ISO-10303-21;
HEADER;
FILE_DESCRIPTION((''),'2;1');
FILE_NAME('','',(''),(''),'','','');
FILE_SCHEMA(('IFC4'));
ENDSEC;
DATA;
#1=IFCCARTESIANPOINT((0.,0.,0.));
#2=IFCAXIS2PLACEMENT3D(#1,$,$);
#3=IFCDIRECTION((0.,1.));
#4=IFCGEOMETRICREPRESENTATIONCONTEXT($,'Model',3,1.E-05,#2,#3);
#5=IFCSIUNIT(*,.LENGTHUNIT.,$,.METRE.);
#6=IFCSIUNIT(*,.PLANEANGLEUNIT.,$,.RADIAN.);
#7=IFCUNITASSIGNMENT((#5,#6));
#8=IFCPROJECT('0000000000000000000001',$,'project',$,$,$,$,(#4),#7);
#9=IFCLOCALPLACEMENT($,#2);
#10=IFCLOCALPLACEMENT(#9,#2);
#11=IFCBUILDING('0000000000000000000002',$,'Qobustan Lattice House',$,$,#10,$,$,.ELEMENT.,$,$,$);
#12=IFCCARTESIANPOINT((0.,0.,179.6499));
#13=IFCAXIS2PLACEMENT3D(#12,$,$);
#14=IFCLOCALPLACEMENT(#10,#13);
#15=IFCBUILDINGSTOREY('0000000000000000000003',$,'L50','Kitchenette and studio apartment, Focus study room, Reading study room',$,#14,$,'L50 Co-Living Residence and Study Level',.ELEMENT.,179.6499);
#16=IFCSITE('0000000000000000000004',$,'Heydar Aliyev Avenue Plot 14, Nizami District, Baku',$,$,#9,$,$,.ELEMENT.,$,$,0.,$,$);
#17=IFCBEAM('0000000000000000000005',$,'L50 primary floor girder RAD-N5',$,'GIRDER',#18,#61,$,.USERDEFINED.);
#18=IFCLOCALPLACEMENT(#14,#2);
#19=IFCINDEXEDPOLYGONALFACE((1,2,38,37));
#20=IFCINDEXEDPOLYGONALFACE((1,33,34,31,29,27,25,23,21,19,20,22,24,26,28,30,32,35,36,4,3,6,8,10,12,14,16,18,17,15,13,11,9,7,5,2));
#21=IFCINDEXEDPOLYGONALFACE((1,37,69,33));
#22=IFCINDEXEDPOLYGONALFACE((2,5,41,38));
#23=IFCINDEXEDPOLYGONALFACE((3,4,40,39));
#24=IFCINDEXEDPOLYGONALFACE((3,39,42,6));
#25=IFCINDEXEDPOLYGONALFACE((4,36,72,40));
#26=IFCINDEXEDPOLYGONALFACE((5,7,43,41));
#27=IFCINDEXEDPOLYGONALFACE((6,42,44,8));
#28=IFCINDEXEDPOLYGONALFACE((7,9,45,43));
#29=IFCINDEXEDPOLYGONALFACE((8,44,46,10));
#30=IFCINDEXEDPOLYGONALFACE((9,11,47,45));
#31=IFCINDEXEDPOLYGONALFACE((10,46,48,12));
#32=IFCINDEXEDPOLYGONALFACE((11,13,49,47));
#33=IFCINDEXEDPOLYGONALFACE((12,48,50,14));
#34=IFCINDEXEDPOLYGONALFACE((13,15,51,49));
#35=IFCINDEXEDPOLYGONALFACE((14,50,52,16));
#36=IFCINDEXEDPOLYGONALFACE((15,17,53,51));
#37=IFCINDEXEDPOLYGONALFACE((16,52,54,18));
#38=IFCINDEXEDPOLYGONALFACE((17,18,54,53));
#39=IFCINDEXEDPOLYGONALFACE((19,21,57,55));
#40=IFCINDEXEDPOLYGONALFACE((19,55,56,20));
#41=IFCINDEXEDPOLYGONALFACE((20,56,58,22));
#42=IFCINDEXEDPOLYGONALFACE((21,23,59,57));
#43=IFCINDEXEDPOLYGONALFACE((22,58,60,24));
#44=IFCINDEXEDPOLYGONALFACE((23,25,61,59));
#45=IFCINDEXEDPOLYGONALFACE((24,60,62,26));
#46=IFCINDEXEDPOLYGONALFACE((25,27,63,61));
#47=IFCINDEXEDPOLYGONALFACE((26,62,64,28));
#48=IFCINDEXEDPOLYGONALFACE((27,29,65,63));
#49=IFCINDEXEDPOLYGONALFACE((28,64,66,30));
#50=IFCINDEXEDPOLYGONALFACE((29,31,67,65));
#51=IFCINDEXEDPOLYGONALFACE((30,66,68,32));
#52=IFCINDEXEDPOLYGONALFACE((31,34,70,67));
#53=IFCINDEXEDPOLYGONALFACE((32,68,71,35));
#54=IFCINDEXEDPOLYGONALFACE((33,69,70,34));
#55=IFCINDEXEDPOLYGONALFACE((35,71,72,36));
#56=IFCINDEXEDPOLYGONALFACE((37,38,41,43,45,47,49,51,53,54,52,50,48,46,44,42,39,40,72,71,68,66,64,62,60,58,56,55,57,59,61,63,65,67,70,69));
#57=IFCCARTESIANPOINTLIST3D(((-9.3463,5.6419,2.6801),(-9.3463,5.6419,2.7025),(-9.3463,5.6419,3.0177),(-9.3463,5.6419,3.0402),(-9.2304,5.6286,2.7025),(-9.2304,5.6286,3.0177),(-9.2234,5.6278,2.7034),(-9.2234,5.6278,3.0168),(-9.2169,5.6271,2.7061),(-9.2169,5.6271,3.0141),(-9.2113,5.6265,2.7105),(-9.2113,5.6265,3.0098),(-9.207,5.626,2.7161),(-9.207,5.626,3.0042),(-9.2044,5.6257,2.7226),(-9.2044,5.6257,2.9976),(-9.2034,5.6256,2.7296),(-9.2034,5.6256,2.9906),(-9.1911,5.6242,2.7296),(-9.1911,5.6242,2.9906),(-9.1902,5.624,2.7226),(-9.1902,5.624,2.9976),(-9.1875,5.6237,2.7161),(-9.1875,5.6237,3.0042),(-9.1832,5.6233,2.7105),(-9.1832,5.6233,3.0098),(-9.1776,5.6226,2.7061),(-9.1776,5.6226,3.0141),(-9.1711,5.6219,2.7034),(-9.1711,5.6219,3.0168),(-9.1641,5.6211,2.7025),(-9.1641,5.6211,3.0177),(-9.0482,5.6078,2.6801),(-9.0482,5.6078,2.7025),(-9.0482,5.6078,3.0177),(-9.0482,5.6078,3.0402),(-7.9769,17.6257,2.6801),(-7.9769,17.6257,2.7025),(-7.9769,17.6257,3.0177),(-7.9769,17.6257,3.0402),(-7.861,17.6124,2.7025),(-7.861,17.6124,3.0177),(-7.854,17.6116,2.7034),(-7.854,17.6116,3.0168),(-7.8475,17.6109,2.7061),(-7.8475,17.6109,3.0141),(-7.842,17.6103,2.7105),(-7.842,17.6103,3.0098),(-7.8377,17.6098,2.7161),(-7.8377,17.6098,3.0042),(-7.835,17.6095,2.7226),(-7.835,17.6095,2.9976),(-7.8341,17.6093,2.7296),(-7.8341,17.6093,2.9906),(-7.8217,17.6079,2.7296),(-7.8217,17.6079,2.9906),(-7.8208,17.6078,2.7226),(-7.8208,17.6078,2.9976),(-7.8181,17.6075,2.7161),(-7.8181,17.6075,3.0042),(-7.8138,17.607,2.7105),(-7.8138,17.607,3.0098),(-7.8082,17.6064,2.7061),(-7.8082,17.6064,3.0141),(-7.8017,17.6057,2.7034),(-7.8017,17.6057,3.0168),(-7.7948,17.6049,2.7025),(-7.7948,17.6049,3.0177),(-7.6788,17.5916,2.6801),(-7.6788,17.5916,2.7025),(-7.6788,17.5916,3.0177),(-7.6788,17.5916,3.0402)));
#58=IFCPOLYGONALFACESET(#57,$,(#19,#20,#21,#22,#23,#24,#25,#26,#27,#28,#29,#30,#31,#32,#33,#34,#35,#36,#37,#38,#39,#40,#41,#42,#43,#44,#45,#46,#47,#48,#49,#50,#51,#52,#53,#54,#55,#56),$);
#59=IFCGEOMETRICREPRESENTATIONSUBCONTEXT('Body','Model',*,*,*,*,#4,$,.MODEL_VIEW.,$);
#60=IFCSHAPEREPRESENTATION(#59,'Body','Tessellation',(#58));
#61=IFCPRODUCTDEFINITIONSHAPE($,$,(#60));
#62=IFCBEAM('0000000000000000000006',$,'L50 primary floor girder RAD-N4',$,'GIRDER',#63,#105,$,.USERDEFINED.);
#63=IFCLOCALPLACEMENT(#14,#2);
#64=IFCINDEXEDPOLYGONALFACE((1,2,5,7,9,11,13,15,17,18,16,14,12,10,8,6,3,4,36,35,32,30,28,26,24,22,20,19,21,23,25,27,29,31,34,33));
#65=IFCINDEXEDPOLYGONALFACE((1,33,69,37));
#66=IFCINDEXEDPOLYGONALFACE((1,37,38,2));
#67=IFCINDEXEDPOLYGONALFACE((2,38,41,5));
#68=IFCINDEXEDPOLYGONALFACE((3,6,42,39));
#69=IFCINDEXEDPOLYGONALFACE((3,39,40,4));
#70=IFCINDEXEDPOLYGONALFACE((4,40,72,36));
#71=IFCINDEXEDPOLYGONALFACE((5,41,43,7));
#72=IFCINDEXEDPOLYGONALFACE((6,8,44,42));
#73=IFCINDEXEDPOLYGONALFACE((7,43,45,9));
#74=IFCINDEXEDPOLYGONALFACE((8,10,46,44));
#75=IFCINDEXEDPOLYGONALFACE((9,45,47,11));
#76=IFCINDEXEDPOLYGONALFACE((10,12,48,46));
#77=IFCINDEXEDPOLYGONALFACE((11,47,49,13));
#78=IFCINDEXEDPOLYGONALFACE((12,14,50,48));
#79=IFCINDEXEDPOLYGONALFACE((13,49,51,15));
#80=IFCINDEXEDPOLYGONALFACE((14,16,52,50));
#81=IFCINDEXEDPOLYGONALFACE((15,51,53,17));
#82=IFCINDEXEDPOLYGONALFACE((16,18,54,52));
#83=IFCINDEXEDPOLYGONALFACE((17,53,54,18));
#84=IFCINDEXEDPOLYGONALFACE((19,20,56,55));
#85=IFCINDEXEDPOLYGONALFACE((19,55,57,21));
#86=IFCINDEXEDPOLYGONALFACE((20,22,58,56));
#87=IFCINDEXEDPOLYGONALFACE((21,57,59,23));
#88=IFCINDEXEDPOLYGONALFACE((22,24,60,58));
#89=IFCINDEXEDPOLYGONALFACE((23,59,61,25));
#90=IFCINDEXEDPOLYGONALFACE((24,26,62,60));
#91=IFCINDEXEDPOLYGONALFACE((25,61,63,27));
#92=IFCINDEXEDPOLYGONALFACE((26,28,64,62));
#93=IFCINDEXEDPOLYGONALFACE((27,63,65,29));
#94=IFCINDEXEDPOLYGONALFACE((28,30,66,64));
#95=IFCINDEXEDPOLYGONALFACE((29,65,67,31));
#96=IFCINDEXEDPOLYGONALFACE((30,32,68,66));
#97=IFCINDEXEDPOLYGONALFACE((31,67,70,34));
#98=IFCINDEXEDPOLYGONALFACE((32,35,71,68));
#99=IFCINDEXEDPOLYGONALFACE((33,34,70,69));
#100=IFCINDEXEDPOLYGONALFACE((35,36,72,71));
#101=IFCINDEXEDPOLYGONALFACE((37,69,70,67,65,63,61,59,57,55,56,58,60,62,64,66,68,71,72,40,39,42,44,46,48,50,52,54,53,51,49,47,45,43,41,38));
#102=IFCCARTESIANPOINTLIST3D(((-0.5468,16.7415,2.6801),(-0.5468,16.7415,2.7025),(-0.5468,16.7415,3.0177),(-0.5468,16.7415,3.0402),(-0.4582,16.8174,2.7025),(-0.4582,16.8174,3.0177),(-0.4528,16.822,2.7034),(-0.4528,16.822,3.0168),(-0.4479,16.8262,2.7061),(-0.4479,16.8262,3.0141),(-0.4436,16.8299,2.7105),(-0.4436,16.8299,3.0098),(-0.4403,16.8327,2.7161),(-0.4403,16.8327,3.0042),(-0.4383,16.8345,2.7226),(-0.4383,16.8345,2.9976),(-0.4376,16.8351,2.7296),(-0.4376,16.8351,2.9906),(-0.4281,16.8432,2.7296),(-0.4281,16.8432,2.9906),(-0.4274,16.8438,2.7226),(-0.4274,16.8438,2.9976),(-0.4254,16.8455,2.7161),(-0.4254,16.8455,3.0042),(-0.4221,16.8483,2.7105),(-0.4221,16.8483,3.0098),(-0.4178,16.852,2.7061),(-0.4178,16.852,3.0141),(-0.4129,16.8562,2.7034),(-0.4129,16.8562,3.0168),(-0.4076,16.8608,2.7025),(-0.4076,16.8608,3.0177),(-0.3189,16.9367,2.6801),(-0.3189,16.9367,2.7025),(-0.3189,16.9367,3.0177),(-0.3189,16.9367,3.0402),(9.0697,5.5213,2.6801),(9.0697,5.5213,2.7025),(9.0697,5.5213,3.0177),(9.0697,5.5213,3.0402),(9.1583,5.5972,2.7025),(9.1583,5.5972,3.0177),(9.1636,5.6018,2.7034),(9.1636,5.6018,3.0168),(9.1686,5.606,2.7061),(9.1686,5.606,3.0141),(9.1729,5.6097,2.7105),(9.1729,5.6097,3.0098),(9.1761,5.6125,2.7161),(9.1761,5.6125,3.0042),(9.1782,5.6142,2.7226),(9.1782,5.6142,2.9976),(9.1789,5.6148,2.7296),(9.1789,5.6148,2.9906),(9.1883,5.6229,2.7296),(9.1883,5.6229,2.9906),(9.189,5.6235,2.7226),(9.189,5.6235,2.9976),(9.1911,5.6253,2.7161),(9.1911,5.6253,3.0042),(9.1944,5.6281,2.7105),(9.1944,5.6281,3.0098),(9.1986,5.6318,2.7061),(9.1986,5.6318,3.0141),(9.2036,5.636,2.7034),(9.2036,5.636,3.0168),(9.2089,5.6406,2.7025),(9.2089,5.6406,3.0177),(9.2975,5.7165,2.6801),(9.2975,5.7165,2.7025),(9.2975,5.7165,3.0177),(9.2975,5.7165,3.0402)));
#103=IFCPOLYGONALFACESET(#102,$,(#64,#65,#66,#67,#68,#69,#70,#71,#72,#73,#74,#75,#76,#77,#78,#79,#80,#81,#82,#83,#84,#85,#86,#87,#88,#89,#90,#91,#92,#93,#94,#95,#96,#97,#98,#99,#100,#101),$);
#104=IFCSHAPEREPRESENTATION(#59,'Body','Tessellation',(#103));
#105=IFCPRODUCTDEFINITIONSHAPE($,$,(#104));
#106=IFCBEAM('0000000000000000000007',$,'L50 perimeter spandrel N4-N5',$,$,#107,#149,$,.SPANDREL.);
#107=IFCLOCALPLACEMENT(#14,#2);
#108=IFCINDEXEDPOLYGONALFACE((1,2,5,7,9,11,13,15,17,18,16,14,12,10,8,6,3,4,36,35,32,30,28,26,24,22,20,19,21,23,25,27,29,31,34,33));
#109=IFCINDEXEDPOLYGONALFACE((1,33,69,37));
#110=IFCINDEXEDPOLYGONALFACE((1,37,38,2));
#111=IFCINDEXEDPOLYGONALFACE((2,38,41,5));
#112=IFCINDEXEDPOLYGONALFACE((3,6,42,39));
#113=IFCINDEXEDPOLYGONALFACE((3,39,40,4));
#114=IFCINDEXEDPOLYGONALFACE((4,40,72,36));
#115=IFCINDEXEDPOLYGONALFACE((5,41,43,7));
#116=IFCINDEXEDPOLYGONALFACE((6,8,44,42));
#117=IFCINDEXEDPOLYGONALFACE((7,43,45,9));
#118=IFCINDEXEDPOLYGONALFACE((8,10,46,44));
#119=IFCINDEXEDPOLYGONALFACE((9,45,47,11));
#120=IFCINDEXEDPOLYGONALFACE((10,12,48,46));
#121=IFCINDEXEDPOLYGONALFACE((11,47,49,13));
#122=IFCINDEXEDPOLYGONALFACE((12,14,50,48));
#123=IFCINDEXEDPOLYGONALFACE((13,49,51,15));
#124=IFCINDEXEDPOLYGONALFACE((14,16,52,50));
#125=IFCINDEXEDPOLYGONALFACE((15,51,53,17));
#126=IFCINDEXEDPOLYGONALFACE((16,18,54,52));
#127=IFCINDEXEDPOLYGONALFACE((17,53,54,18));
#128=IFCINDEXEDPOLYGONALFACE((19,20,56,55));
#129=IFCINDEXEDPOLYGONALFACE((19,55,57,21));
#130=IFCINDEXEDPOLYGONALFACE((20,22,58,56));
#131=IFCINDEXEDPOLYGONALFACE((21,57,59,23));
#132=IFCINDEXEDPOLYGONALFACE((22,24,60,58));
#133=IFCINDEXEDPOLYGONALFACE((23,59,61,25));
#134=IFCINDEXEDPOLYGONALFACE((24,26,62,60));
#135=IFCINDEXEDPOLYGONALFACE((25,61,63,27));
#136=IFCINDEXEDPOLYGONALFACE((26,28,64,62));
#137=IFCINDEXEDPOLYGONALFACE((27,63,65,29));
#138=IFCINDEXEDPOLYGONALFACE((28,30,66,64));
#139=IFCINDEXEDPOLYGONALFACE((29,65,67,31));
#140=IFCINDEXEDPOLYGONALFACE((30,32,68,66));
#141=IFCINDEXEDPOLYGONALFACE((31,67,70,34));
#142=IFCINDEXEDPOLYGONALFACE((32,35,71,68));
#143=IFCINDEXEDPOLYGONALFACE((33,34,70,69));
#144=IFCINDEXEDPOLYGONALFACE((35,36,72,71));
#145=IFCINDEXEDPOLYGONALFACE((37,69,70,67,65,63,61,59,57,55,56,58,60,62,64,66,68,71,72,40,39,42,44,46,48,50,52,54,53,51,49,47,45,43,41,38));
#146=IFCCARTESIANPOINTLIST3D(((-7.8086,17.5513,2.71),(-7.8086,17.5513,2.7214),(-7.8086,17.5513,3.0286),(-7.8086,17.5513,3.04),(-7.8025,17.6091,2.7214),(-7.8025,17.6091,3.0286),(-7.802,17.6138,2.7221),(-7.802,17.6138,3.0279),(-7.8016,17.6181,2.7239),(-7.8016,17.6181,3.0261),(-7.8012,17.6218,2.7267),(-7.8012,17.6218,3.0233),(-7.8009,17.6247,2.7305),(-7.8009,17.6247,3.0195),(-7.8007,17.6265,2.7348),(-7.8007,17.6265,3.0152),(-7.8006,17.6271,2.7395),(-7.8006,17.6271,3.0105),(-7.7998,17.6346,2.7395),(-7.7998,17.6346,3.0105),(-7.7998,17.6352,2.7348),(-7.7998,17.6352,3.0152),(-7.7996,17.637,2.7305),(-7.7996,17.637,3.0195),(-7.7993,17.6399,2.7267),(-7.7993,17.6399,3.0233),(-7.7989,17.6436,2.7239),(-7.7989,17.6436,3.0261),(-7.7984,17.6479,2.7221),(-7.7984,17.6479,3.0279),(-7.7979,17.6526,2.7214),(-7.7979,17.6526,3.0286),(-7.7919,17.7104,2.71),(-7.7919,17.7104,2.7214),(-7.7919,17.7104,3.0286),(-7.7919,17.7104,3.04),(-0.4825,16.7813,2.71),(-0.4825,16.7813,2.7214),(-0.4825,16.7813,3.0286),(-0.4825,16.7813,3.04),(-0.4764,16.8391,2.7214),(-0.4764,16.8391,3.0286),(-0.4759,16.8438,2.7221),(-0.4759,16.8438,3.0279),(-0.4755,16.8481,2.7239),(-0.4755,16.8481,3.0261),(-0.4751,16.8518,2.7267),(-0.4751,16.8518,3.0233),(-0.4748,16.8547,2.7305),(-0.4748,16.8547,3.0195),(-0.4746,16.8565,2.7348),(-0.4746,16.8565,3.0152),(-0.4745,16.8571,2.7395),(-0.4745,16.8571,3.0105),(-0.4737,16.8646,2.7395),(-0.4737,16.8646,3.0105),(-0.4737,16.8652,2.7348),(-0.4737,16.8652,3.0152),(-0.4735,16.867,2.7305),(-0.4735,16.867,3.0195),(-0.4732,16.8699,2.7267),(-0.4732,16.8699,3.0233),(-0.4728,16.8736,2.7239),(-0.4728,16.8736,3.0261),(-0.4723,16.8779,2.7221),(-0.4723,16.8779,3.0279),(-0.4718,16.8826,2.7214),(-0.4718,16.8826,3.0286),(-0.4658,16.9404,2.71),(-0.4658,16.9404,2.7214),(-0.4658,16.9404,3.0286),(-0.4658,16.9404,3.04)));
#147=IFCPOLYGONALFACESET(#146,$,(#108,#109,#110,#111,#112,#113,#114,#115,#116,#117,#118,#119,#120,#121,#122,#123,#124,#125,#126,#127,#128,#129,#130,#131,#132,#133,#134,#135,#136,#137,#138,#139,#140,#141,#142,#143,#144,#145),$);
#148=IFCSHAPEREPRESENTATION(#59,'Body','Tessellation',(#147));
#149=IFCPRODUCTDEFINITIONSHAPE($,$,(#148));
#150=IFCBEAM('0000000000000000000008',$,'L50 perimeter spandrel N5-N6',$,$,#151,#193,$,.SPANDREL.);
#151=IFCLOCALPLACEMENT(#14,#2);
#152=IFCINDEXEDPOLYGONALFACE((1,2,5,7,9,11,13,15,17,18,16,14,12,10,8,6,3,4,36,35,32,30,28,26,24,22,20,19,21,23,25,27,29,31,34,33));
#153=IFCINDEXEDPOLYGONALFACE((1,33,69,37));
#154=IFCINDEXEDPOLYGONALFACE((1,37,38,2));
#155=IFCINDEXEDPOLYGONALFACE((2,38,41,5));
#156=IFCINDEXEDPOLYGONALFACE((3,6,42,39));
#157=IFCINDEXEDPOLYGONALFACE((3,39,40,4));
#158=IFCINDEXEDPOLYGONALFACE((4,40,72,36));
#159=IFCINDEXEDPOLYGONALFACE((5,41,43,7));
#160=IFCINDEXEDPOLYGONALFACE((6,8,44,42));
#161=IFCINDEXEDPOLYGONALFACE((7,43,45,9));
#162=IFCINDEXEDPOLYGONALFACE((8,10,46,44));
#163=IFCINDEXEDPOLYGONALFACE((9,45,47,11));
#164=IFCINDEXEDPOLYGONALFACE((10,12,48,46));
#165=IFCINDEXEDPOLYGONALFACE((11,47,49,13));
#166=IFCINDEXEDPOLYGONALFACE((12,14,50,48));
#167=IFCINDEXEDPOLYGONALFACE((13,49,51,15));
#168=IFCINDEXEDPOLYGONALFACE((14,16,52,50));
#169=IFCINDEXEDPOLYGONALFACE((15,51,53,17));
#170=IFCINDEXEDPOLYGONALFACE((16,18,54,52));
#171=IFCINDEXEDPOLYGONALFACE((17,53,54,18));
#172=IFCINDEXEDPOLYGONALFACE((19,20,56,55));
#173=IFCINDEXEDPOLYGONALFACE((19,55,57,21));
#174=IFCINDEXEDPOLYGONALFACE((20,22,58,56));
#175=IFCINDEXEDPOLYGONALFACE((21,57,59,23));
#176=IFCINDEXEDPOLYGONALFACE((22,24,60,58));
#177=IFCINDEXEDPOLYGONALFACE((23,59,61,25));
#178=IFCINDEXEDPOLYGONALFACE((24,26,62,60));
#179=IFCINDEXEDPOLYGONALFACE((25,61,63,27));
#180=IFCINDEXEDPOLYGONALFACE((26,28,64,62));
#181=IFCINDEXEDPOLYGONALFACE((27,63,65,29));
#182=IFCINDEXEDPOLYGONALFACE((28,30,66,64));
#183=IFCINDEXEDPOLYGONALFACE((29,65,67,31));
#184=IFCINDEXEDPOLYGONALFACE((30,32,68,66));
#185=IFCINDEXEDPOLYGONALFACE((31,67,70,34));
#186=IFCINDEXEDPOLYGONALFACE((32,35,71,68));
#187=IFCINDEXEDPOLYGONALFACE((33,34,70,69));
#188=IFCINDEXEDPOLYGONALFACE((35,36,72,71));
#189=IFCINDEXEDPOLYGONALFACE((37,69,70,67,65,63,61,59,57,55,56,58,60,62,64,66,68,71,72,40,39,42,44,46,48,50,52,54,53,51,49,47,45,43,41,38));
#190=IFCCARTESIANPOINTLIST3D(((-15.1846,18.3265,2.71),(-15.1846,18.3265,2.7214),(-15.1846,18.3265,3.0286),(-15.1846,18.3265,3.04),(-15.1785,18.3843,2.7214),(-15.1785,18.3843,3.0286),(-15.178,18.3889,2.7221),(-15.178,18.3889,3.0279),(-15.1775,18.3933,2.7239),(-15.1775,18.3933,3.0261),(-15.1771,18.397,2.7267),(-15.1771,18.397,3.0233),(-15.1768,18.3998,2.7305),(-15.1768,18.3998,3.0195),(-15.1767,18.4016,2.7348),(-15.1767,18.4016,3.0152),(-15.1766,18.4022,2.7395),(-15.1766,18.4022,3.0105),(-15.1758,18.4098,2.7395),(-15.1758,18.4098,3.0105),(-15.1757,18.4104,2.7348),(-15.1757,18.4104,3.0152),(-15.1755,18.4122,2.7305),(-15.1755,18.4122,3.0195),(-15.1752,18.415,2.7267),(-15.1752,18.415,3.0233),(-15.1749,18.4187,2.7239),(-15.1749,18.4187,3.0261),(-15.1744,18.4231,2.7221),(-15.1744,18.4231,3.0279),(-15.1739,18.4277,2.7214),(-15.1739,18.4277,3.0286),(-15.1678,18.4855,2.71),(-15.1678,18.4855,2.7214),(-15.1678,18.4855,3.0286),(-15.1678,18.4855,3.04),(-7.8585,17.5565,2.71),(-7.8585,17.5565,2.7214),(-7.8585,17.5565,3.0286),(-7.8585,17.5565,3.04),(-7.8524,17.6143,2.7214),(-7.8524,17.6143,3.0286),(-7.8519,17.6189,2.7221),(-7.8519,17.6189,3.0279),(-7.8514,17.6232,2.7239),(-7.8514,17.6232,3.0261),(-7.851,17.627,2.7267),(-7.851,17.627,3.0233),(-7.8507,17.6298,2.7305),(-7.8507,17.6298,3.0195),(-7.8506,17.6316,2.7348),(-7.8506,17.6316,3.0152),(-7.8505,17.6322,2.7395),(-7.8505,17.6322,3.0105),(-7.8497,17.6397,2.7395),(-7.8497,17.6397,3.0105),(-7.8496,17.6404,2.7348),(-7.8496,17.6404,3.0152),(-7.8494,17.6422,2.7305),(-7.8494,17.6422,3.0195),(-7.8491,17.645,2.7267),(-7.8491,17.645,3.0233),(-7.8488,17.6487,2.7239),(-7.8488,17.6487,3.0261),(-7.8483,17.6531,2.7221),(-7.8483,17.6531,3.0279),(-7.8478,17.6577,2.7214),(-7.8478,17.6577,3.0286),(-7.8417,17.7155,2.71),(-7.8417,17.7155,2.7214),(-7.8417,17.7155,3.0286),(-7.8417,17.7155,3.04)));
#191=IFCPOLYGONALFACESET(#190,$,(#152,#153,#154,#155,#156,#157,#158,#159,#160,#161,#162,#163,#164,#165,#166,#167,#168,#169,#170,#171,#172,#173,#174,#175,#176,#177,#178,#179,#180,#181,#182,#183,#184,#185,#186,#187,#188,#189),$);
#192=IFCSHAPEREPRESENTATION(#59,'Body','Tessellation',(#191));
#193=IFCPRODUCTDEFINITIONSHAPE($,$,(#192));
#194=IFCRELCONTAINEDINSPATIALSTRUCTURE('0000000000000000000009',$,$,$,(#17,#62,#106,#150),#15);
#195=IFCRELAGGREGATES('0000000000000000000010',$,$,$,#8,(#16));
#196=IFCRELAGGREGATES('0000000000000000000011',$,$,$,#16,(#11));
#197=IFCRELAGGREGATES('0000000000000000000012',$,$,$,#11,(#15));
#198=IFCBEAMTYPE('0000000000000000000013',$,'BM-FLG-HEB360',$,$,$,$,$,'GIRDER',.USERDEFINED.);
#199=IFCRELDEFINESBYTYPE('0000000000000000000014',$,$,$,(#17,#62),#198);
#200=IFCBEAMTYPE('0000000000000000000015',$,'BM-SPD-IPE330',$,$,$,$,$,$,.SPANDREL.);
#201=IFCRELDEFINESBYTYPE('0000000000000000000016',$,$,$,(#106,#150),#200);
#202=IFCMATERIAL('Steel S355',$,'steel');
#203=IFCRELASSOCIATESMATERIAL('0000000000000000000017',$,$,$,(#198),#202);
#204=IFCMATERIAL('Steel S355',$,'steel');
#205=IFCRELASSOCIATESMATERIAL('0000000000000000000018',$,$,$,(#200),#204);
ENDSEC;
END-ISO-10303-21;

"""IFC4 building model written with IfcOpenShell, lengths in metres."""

from ifc_helpers import new_model, si_unit, direction, frame, origin, origin_2d, place, context, subcontext, project, spatial, i_section, extrude, material, material_profile, profile_set, type_object, element, save


model = new_model("IFC4")

# Units and contexts
model_context = context("Model", 3, precision=1e-05, world=origin(), true_north=direction((0.0, 1.0)))
body_context = subcontext(model_context, "Body", "Model", "MODEL_VIEW")
ifc_project = project(units=[si_unit("LENGTHUNIT", "METRE"), si_unit("PLANEANGLEUNIT", "RADIAN")], contexts=[model_context])

# Site, building, storey
site_placement = place(None, origin())
site = spatial("IfcSite", under=ifc_project, at=site_placement, Name="Heydar Aliyev Avenue Plot 14, Nizami District, Baku", CompositionType="ELEMENT", RefElevation=0.0)
building_placement = place(site_placement, origin())
building = spatial("IfcBuilding", under=site, at=building_placement, Name="Qobustan Lattice House", CompositionType="ELEMENT")
storey_placement = place(building_placement, frame((0.0, 0.0, 179.6499)))
storey = spatial("IfcBuildingStorey", under=building, at=storey_placement, Name="L50", Description="Kitchenette and studio apartment, Focus study room, Reading study room", LongName="L50 Co-Living Residence and Study Level", CompositionType="ELEMENT", Elevation=179.6499)

# Beams
ifc_material_1 = material(Name="Steel S355", Category="steel")
ifc_material_profile_1 = material_profile(ifc_material_1, i_section(OverallWidth=0.3, OverallDepth=0.3601, WebThickness=0.0125, FlangeThickness=0.0225, FilletRadius=0.0271, at=origin_2d()), Name="HEB360")
ifc_profile_set_1 = profile_set([ifc_material_profile_1], Name="Steel S355")
beam_type_1 = type_object("IfcBeamType", Name="BM-FLG-HEB360", ElementType="GIRDER", PredefinedType="USERDEFINED", material=ifc_profile_set_1)
beam_1_placement = place(storey_placement, frame((-7.8279, 17.6086, 2.8601), z_axis=(-0.11353, -0.993535, 0.0), x_axis=(0.993535, -0.11353, 0.0)))
element("IfcBeam", 1, at=beam_1_placement, inside=storey, type_object=beam_type_1, Name="L50 primary floor girder RAD-N5", ObjectType="GIRDER", PredefinedType="USERDEFINED", context=body_context, shape_type="SweptSolid", body=[
    extrude(i_section(OverallWidth=0.3, OverallDepth=0.3601, WebThickness=0.0125, FlangeThickness=0.0225, FilletRadius=0.0271, at=origin_2d()), origin(), (0.0, 0.0, 1.0), 12.0618),
])
beam_2_placement = place(storey_placement, frame((-0.4329, 16.8391, 2.8601), z_axis=(0.650757, -0.759286, 0.0), x_axis=(0.759286, 0.650757, 0.0)))
element("IfcBeam", 2, at=beam_2_placement, inside=storey, type_object=beam_type_1, Name="L50 primary floor girder RAD-N4", ObjectType="GIRDER", PredefinedType="USERDEFINED", context=body_context, shape_type="SweptSolid", body=[
    extrude(i_section(OverallWidth=0.3, OverallDepth=0.3601, WebThickness=0.0125, FlangeThickness=0.0225, FilletRadius=0.0271, at=origin_2d()), origin(), (0.0, 0.0, 1.0), 14.7773),
])
ifc_material_2 = material(Name="Steel S355", Category="steel")
ifc_material_profile_2 = material_profile(ifc_material_2, i_section(OverallWidth=0.1599, OverallDepth=0.3301, WebThickness=0.0076, FlangeThickness=0.0115, FilletRadius=0.0181, at=origin_2d()), Name="IPE330")
ifc_profile_set_2 = profile_set([ifc_material_profile_2], Name="Steel S355")
beam_type_2 = type_object("IfcBeamType", Name="BM-SPD-IPE330", PredefinedType="SPANDREL", material=ifc_profile_set_2)
for number, where, z_axis, x_axis, name in (
    (3, (-0.4741, 16.8608, 2.875), (-0.994522, 0.10453, 0.0), (-0.10453, -0.994522, 0.0), "L50 perimeter spandrel N4-N5"),
    (4, (-7.8501, 17.636, 2.875), (-0.994522, 0.10453, 0.0), (-0.10453, -0.994522, 0.0), "L50 perimeter spandrel N5-N6"),
):
    element("IfcBeam", number, at=place(storey_placement, frame(where, z_axis=z_axis, x_axis=x_axis)), inside=storey, type_object=beam_type_2, Name=name, PredefinedType="SPANDREL", context=body_context, shape_type="SweptSolid", body=[
        extrude(i_section(OverallWidth=0.1599, OverallDepth=0.3301, WebThickness=0.0076, FlangeThickness=0.0115, FilletRadius=0.0181, at=origin_2d()), origin(), (0.0, 0.0, 1.0), 7.3665),
    ])

save(model, "model.ifc")
